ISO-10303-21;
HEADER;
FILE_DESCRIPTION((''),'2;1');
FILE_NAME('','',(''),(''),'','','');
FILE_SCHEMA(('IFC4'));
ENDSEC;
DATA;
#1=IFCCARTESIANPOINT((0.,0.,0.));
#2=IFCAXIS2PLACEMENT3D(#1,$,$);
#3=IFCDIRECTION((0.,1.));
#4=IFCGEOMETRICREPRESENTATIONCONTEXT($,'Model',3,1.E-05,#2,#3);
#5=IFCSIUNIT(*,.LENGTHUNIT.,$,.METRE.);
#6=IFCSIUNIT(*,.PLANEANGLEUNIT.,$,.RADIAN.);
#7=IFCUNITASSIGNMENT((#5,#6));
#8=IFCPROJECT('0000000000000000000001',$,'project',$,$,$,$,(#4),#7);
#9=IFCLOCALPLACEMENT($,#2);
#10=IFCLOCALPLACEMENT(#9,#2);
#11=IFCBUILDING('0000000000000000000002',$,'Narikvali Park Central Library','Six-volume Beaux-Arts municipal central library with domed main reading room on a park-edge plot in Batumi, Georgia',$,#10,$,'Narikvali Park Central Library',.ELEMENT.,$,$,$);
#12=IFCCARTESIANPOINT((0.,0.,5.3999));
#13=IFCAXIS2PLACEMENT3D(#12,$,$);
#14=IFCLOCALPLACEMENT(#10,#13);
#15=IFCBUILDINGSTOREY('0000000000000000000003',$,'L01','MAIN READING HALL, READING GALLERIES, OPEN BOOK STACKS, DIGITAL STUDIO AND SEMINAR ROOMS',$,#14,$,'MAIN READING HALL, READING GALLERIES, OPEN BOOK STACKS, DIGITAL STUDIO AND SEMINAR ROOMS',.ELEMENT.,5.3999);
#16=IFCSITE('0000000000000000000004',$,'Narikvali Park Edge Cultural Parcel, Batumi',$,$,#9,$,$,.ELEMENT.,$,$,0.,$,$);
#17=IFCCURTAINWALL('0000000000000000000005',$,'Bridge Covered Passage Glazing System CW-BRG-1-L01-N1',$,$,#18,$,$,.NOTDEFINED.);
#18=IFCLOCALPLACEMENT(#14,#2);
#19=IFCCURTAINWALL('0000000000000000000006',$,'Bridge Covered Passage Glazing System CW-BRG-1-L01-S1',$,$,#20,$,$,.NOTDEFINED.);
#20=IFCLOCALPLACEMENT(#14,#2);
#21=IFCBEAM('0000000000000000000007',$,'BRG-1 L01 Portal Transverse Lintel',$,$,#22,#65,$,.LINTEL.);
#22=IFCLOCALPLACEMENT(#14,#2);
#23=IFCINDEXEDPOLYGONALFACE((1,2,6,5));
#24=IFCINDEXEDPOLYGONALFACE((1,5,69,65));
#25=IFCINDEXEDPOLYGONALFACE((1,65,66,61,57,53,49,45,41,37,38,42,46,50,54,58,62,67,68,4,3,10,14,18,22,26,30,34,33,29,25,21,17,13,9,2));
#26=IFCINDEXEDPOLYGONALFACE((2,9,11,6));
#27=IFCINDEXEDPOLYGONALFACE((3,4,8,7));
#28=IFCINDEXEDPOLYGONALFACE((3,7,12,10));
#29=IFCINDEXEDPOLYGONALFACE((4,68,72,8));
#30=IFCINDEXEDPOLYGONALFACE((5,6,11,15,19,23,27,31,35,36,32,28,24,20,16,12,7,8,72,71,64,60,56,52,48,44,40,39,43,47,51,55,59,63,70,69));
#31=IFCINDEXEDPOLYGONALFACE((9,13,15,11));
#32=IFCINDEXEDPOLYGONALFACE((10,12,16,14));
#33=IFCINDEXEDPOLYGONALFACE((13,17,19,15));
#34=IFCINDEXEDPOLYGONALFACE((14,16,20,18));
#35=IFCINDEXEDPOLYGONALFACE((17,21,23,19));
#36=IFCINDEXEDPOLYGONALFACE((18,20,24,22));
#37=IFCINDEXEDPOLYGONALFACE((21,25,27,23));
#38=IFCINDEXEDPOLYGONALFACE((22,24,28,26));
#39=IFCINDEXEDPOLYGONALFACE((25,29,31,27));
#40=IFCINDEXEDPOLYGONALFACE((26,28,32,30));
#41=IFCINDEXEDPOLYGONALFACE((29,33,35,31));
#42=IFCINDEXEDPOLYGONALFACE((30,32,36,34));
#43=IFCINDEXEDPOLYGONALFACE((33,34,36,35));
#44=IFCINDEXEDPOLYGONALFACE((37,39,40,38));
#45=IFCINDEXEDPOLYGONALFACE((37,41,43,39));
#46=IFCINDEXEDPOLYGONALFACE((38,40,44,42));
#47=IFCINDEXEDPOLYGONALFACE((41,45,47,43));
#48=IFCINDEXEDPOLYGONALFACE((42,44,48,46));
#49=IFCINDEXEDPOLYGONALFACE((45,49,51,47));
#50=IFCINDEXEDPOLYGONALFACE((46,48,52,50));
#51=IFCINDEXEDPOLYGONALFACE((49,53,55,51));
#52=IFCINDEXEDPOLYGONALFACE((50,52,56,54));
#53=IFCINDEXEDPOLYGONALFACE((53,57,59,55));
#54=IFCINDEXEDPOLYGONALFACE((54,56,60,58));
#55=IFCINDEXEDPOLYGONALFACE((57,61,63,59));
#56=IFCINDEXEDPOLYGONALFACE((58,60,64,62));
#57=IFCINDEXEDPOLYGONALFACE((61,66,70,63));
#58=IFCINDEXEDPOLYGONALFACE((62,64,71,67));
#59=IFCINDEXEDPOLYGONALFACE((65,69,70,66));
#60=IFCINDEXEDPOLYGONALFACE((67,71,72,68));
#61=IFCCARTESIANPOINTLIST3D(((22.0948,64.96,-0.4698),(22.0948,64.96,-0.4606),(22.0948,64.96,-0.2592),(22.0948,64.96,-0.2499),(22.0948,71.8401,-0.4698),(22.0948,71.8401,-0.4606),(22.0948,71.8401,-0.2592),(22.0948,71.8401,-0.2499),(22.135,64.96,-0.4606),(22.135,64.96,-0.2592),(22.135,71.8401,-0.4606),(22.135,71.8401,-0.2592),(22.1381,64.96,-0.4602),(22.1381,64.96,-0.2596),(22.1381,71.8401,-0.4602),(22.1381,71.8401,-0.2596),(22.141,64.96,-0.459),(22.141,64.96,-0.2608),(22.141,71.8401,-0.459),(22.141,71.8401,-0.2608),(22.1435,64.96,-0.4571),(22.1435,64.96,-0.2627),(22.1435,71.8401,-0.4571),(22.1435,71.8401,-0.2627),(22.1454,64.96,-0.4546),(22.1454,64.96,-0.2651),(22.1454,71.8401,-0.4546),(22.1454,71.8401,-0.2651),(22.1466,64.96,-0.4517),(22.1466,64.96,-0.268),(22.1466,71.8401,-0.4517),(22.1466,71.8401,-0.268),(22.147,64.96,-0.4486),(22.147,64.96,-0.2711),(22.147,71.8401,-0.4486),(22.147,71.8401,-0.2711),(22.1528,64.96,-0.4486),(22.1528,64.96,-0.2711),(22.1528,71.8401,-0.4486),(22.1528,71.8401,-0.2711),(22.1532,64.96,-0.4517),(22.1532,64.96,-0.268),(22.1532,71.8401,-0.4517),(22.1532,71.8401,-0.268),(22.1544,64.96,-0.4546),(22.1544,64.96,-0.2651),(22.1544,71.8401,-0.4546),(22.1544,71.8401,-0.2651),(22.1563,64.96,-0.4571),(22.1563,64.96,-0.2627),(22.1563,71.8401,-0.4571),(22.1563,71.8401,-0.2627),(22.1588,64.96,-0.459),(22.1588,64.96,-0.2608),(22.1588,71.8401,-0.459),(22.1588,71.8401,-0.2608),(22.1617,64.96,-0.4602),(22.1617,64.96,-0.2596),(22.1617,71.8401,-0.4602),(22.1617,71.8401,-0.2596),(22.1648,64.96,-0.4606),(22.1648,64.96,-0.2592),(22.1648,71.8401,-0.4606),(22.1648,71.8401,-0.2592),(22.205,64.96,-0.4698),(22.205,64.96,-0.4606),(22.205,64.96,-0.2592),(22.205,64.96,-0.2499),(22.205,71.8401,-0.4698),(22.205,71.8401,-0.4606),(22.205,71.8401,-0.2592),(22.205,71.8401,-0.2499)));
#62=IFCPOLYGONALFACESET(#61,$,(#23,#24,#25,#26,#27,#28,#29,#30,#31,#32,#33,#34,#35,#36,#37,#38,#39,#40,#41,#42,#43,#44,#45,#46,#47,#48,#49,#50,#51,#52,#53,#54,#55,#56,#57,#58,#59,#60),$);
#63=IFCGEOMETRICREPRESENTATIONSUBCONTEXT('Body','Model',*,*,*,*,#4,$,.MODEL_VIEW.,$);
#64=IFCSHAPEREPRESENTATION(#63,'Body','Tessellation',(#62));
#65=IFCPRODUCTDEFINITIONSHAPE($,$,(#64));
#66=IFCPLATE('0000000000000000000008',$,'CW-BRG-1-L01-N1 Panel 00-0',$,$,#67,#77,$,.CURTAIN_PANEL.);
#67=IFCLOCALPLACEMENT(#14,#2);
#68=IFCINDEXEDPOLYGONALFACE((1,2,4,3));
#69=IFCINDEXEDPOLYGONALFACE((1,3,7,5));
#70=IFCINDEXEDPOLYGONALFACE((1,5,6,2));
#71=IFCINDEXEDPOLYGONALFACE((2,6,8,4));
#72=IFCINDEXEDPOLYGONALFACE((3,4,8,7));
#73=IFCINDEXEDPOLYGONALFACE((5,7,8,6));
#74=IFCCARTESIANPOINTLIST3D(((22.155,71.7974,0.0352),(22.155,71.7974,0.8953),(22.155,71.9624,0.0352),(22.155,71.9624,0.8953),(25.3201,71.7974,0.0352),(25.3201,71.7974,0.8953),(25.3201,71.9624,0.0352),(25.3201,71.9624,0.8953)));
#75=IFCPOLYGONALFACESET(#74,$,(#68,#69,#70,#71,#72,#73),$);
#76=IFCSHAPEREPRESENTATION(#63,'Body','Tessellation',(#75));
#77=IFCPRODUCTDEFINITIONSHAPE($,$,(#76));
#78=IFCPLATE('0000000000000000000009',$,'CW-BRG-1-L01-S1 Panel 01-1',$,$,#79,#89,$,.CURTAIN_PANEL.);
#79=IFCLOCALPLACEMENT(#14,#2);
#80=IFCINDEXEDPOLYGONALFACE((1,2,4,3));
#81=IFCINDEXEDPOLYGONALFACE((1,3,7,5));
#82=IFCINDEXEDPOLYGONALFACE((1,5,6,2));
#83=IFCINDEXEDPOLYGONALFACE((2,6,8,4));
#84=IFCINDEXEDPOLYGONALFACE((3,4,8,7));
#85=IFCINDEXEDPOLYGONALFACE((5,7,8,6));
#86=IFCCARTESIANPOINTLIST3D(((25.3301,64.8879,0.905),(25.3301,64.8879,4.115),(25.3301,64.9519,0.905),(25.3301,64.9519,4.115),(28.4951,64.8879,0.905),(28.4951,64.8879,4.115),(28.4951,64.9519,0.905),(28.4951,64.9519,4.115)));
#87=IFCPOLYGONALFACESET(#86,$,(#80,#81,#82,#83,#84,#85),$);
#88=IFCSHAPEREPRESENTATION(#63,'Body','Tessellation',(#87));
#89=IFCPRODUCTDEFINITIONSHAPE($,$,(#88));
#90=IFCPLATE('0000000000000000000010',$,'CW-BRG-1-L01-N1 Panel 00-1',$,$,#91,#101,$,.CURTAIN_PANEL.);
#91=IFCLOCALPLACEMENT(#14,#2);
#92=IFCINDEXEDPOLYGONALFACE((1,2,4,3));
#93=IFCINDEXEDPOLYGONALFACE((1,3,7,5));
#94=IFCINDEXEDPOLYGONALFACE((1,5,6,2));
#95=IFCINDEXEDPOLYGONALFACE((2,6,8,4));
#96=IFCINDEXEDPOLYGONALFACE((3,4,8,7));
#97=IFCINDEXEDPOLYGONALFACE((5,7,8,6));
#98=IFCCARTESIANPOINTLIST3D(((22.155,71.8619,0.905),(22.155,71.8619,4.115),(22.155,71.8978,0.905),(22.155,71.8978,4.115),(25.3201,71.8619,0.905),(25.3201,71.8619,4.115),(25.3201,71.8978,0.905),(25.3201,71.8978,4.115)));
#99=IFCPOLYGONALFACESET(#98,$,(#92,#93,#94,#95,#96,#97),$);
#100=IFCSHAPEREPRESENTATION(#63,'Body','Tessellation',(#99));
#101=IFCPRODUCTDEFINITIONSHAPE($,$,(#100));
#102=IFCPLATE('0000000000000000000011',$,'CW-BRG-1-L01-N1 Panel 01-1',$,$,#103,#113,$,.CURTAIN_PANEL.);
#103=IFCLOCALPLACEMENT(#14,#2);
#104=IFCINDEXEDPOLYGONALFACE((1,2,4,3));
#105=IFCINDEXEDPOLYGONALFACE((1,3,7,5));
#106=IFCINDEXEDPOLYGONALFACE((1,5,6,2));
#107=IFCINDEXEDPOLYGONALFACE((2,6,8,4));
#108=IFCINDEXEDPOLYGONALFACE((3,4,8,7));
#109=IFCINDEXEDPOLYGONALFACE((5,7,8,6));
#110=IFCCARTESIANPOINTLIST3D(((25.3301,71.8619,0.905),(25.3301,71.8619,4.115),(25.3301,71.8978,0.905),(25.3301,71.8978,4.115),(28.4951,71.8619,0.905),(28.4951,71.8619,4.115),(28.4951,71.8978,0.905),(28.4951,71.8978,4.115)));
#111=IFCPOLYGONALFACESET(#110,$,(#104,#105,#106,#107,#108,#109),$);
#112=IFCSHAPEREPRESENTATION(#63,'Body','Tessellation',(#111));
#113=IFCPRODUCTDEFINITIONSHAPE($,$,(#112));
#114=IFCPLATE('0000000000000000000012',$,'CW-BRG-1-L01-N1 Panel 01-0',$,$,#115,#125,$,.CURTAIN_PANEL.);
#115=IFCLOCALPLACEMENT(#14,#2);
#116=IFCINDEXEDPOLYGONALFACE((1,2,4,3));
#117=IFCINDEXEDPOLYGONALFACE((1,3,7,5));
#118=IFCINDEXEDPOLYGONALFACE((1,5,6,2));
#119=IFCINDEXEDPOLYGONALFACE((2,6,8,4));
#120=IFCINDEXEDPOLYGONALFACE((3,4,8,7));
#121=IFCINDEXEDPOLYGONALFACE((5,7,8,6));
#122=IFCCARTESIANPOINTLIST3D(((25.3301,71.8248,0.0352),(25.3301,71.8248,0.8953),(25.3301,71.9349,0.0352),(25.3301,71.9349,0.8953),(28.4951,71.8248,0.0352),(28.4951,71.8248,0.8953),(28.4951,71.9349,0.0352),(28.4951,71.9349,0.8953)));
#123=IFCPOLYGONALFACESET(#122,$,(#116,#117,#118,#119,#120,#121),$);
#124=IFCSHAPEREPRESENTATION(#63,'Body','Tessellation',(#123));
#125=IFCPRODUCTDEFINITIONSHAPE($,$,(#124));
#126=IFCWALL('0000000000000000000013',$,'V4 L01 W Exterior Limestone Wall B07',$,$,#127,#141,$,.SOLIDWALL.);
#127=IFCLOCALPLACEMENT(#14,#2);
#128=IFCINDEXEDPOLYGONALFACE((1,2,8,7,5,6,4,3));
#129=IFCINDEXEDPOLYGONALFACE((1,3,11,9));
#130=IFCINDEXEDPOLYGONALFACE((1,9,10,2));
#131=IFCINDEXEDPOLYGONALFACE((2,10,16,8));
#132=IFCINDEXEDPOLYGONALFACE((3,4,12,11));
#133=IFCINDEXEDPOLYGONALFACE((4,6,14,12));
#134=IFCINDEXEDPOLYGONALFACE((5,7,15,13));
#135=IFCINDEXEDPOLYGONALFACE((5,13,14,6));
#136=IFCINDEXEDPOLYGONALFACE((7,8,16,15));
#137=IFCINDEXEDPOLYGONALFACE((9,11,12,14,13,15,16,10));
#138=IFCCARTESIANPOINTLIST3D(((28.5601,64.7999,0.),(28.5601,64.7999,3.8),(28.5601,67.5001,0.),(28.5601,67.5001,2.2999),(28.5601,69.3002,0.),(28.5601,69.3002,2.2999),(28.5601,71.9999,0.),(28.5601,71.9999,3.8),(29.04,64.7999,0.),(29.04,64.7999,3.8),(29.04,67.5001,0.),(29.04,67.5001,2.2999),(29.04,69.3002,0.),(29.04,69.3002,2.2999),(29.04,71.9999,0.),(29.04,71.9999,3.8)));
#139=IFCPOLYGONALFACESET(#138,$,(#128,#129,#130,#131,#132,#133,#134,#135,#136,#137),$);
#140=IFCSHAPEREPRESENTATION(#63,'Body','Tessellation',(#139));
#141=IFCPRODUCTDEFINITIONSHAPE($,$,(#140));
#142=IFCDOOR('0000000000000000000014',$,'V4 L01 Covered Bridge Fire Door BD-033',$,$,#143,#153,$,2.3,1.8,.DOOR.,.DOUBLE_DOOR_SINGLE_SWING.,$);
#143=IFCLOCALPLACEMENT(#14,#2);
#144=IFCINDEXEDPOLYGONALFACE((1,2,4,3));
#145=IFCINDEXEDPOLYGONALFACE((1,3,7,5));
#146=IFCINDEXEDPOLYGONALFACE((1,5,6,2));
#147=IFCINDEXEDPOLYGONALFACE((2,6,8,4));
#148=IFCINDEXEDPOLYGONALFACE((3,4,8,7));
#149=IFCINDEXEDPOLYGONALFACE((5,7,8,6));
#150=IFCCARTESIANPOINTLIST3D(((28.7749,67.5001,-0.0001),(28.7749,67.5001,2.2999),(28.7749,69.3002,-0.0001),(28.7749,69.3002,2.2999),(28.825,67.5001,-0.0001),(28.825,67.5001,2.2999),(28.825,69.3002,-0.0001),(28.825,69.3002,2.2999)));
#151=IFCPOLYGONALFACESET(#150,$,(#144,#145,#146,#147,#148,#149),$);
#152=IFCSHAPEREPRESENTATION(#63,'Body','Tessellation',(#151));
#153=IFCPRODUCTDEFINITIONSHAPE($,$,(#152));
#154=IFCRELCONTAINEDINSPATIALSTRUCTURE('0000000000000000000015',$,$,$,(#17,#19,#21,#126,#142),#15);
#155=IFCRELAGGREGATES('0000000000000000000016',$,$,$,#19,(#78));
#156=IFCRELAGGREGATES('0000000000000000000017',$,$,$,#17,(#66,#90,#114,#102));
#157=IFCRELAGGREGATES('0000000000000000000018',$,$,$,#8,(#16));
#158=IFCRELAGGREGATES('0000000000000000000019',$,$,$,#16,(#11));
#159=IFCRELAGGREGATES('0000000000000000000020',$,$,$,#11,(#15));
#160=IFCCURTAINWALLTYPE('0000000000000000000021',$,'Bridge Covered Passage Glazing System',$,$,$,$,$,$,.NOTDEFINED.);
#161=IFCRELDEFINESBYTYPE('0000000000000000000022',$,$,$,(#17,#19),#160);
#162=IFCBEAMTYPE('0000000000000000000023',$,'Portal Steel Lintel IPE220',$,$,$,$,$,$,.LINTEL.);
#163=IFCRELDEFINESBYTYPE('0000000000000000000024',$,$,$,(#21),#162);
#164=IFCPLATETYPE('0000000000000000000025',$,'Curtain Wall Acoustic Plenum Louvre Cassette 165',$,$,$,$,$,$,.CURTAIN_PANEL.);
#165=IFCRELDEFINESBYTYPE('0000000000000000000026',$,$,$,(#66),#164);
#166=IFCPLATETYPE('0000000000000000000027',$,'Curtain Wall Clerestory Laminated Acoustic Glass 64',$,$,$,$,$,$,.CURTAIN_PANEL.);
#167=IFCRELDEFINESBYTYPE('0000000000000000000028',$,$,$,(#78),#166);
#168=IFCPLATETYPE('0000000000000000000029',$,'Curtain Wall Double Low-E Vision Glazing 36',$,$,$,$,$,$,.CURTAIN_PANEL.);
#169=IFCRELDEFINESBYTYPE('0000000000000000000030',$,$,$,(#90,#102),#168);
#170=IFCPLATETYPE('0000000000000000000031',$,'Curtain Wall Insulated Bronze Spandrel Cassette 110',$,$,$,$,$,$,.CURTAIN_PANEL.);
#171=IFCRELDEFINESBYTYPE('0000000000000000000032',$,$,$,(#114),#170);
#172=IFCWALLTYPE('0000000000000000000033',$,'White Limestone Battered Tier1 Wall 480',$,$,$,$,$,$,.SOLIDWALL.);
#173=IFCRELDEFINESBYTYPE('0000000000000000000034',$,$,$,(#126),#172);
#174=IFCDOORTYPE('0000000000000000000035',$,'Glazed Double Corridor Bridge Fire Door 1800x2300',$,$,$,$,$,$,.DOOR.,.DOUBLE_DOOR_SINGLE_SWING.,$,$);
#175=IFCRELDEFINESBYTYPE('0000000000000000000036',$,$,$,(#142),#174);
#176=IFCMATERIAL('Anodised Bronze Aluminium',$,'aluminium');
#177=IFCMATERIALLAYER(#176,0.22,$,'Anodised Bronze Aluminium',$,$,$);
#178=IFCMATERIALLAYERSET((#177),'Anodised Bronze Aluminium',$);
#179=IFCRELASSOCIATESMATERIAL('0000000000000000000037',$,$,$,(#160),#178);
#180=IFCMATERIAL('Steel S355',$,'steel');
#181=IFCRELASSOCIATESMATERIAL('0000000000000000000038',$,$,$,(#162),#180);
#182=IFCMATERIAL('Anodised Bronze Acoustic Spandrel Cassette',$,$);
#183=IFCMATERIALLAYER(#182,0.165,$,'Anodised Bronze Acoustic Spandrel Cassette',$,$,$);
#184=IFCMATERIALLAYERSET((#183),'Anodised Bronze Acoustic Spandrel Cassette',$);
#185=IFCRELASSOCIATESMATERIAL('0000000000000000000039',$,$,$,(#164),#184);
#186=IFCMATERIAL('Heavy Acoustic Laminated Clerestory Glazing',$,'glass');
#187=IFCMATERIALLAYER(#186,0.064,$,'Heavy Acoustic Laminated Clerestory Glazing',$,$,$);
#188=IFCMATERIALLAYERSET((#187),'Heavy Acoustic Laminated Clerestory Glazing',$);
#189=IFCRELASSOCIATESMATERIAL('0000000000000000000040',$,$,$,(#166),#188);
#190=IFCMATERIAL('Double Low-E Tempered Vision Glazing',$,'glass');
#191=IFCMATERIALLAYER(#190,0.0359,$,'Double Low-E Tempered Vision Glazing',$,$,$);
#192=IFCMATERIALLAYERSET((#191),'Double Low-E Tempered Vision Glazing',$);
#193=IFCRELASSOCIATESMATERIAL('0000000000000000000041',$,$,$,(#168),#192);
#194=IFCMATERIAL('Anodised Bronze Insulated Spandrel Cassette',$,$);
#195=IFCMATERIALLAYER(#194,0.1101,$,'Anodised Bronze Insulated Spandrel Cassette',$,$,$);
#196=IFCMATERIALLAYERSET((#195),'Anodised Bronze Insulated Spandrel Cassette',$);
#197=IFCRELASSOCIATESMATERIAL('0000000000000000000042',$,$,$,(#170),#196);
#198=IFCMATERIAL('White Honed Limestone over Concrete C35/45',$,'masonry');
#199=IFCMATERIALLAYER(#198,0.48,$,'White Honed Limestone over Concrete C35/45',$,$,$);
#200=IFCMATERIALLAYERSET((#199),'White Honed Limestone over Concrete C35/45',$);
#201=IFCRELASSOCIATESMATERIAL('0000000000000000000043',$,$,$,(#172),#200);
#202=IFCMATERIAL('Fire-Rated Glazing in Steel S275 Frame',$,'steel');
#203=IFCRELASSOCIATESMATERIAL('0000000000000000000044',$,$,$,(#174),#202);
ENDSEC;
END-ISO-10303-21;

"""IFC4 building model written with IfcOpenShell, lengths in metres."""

from ifc_helpers import new_model, si_unit, direction, frame, frame_2d, origin, origin_2d, place, context, subcontext, project, spatial, rectangle, i_section, extrude, material, layer, layer_set, material_profile, profile_set, type_object, element, fill, aggregate, save


model = new_model("IFC4")

# Units and contexts
model_context = context("Model", 3, precision=1e-05, world=origin(), true_north=direction((0.0, 1.0)))
body_context = subcontext(model_context, "Body", "Model", "MODEL_VIEW")
ifc_project = project(units=[si_unit("LENGTHUNIT", "METRE"), si_unit("PLANEANGLEUNIT", "RADIAN")], contexts=[model_context])

# Site, building, storey
site_placement = place(None, origin())
site = spatial("IfcSite", under=ifc_project, at=site_placement, Name="Narikvali Park Edge Cultural Parcel, Batumi", CompositionType="ELEMENT", RefElevation=0.0)
building_placement = place(site_placement, origin())
building = spatial("IfcBuilding", under=site, at=building_placement, Name="Narikvali Park Central Library", Description="Six-volume Beaux-Arts municipal central library with domed main reading room on a park-edge plot in Batumi, Georgia", LongName="Narikvali Park Central Library", CompositionType="ELEMENT")
storey_placement = place(building_placement, frame((0.0, 0.0, 5.3999)))
storey = spatial("IfcBuildingStorey", under=building, at=storey_placement, Name="L01", Description="MAIN READING HALL, READING GALLERIES, OPEN BOOK STACKS, DIGITAL STUDIO AND SEMINAR ROOMS", LongName="MAIN READING HALL, READING GALLERIES, OPEN BOOK STACKS, DIGITAL STUDIO AND SEMINAR ROOMS", CompositionType="ELEMENT", Elevation=5.3999)

# Shared definitions
ifc_material_1 = material(Name="Steel S355", Category="steel")

# Curtain wall
ifc_material_2 = material(Name="Anodised Bronze Aluminium", Category="aluminium")
ifc_layer_1 = layer(ifc_material_2, 0.22, Name="Anodised Bronze Aluminium")
ifc_layer_set_1 = layer_set([ifc_layer_1], Name="Anodised Bronze Aluminium")
curtain_wall_type = type_object("IfcCurtainWallType", Name="Bridge Covered Passage Glazing System", PredefinedType="NOTDEFINED", material=ifc_layer_set_1)
curtain_wall_1_placement = place(storey_placement, origin())
curtain_wall_1 = element("IfcCurtainWall", 1, at=curtain_wall_1_placement, inside=storey, type_object=curtain_wall_type, Name="Bridge Covered Passage Glazing System CW-BRG-1-L01-N1", PredefinedType="NOTDEFINED")

# Curtain wall
curtain_wall_2_placement = place(storey_placement, origin())
curtain_wall_2 = element("IfcCurtainWall", 2, at=curtain_wall_2_placement, inside=storey, type_object=curtain_wall_type, Name="Bridge Covered Passage Glazing System CW-BRG-1-L01-S1", PredefinedType="NOTDEFINED")

# Beam
ifc_material_profile_1 = material_profile(ifc_material_1, i_section(OverallWidth=0.1101, OverallDepth=0.22, WebThickness=0.0059, FlangeThickness=0.0093, FilletRadius=0.012, at=origin_2d()), Name="IPE 220")
ifc_profile_set_1 = profile_set([ifc_material_profile_1], Name="Steel S355")
beam_type_1 = type_object("IfcBeamType", Name="Portal Steel Lintel IPE220", PredefinedType="LINTEL", material=ifc_profile_set_1)
beam_1_placement = place(storey_placement, frame((22.1499, 64.96, -0.3599), z_axis=(0.0, 1.0, 0.0), x_axis=(-1.0, 0.0, 0.0)))
element("IfcBeam", 3, at=beam_1_placement, inside=storey, type_object=beam_type_1, Name="BRG-1 L01 Portal Transverse Lintel", PredefinedType="LINTEL", context=body_context, shape_type="SweptSolid", body=[
    extrude(i_section(OverallWidth=0.1101, OverallDepth=0.22, WebThickness=0.0059, FlangeThickness=0.0093, FilletRadius=0.012, at=origin_2d()), origin(), (0.0, 0.0, 1.0), 6.8801),
])

# Plates
ifc_material_3 = material(Name="Anodised Bronze Acoustic Spandrel Cassette")
ifc_layer_2 = layer(ifc_material_3, 0.165, Name="Anodised Bronze Acoustic Spandrel Cassette")
ifc_layer_set_2 = layer_set([ifc_layer_2], Name="Anodised Bronze Acoustic Spandrel Cassette")
plate_type_1 = type_object("IfcPlateType", Name="Curtain Wall Acoustic Plenum Louvre Cassette 165", PredefinedType="CURTAIN_PANEL", material=ifc_layer_set_2)
plate_1_placement = place(storey_placement, frame((23.7375, 71.8799, 0.0352), z_axis=(0.0, 0.0, 1.0), x_axis=(1.0, 0.0, 0.0)))
plate_1 = element("IfcPlate", 4, at=plate_1_placement, type_object=plate_type_1, Name="CW-BRG-1-L01-N1 Panel 00-0", PredefinedType="CURTAIN_PANEL", context=body_context, shape_type="SweptSolid", body=[
    extrude(rectangle(XDim=3.165, YDim=0.165, at=origin_2d()), origin(), (0.0, 0.0, 1.0), 0.8601),
])
ifc_material_4 = material(Name="Heavy Acoustic Laminated Clerestory Glazing", Category="glass")
ifc_layer_3 = layer(ifc_material_4, 0.064, Name="Heavy Acoustic Laminated Clerestory Glazing")
ifc_layer_set_3 = layer_set([ifc_layer_3], Name="Heavy Acoustic Laminated Clerestory Glazing")
plate_type_2 = type_object("IfcPlateType", Name="Curtain Wall Clerestory Laminated Acoustic Glass 64", PredefinedType="CURTAIN_PANEL", material=ifc_layer_set_3)
plate_2_placement = place(storey_placement, frame((26.9126, 64.9199, 0.905), z_axis=(0.0, 0.0, 1.0), x_axis=(1.0, 0.0, 0.0)))
plate_2 = element("IfcPlate", 5, at=plate_2_placement, type_object=plate_type_2, Name="CW-BRG-1-L01-S1 Panel 01-1", PredefinedType="CURTAIN_PANEL", context=body_context, shape_type="SweptSolid", body=[
    extrude(rectangle(XDim=3.165, YDim=0.064, at=origin_2d()), origin(), (0.0, 0.0, 1.0), 3.21),
])
aggregate(curtain_wall_2, [plate_2])
ifc_material_5 = material(Name="Double Low-E Tempered Vision Glazing", Category="glass")
ifc_layer_4 = layer(ifc_material_5, 0.0359, Name="Double Low-E Tempered Vision Glazing")
ifc_layer_set_4 = layer_set([ifc_layer_4], Name="Double Low-E Tempered Vision Glazing")
plate_type_3 = type_object("IfcPlateType", Name="Curtain Wall Double Low-E Vision Glazing 36", PredefinedType="CURTAIN_PANEL", material=ifc_layer_set_4)
plate_3_placement = place(storey_placement, frame((23.7375, 71.8799, 0.905), z_axis=(0.0, 0.0, 1.0), x_axis=(1.0, 0.0, 0.0)))
plate_3 = element("IfcPlate", 6, at=plate_3_placement, type_object=plate_type_3, Name="CW-BRG-1-L01-N1 Panel 00-1", PredefinedType="CURTAIN_PANEL", context=body_context, shape_type="SweptSolid", body=[
    extrude(rectangle(XDim=3.165, YDim=0.0359, at=origin_2d()), origin(), (0.0, 0.0, 1.0), 3.21),
])
plate_4_placement = place(storey_placement, frame((26.9126, 71.8799, 0.905), z_axis=(0.0, 0.0, 1.0), x_axis=(1.0, 0.0, 0.0)))
plate_4 = element("IfcPlate", 7, at=plate_4_placement, type_object=plate_type_3, Name="CW-BRG-1-L01-N1 Panel 01-1", PredefinedType="CURTAIN_PANEL", context=body_context, shape_type="SweptSolid", body=[
    extrude(rectangle(XDim=3.165, YDim=0.0359, at=origin_2d()), origin(), (0.0, 0.0, 1.0), 3.21),
])
ifc_material_6 = material(Name="Anodised Bronze Insulated Spandrel Cassette")
ifc_layer_5 = layer(ifc_material_6, 0.1101, Name="Anodised Bronze Insulated Spandrel Cassette")
ifc_layer_set_5 = layer_set([ifc_layer_5], Name="Anodised Bronze Insulated Spandrel Cassette")
plate_type_4 = type_object("IfcPlateType", Name="Curtain Wall Insulated Bronze Spandrel Cassette 110", PredefinedType="CURTAIN_PANEL", material=ifc_layer_set_5)
plate_5_placement = place(storey_placement, frame((26.9126, 71.8799, 0.0352), z_axis=(0.0, 0.0, 1.0), x_axis=(1.0, 0.0, 0.0)))
plate_5 = element("IfcPlate", 8, at=plate_5_placement, type_object=plate_type_4, Name="CW-BRG-1-L01-N1 Panel 01-0", PredefinedType="CURTAIN_PANEL", context=body_context, shape_type="SweptSolid", body=[
    extrude(rectangle(XDim=3.165, YDim=0.1101, at=origin_2d()), origin(), (0.0, 0.0, 1.0), 0.8601),
])
aggregate(curtain_wall_1, [plate_1, plate_3, plate_5, plate_4])

# Wall, opening, door
ifc_material_7 = material(Name="White Honed Limestone over Concrete C35/45", Category="masonry")
ifc_layer_6 = layer(ifc_material_7, 0.48, Name="White Honed Limestone over Concrete C35/45")
ifc_layer_set_6 = layer_set([ifc_layer_6], Name="White Honed Limestone over Concrete C35/45")
wall_type = type_object("IfcWallType", Name="White Limestone Battered Tier1 Wall 480", PredefinedType="SOLIDWALL", material=ifc_layer_set_6)
wall_1_placement = place(storey_placement, frame((28.8, 72.0, 0.0), z_axis=(0.0, 0.0, 1.0), x_axis=(0.0, -1.0, 0.0)))
wall_1 = element("IfcWall", 9, at=wall_1_placement, inside=storey, type_object=wall_type, Name="V4 L01 W Exterior Limestone Wall B07", PredefinedType="SOLIDWALL", context=body_context, shape_type="SweptSolid", body=[
    extrude(rectangle(XDim=7.2, YDim=0.48, at=frame_2d((3.6001, 0.0))), origin(), (0.0, 0.0, 1.0), 3.8),
])
opening_1_placement = place(wall_1_placement, frame((2.7, 0.0, 0.0)))
opening_1 = element("IfcOpeningElement", 10, at=opening_1_placement, cuts=wall_1, PredefinedType="OPENING", context=body_context, shape_type="SweptSolid", body=[
    extrude(rectangle(XDim=1.8, YDim=2.3, at=frame_2d((0.8999, 1.1499))), frame((0.0, 0.252, 0.0), z_axis=(0.0, -1.0, 0.0), x_axis=(1.0, 0.0, 0.0)), (0.0, 0.0, 1.0), 0.5039),
])
ifc_material_8 = material(Name="Fire-Rated Glazing in Steel S275 Frame", Category="steel")
door_type = type_object("IfcDoorType", Name="Glazed Double Corridor Bridge Fire Door 1800x2300", OperationType="DOUBLE_DOOR_SINGLE_SWING", PredefinedType="DOOR", material=ifc_material_8)
door_placement = place(opening_1_placement, origin())
door = element("IfcDoor", 11, at=door_placement, inside=storey, type_object=door_type, Name="V4 L01 Covered Bridge Fire Door BD-033", OperationType="DOUBLE_DOOR_SINGLE_SWING", OverallHeight=2.3, OverallWidth=1.8, PredefinedType="DOOR", context=body_context, shape_type="SweptSolid", body=[
    extrude(rectangle(XDim=1.8, YDim=2.3, at=frame_2d((0.8999, 1.1499))), frame((0.0, 0.0249, 0.0), z_axis=(0.0, -1.0, 0.0), x_axis=(1.0, 0.0, 0.0)), (0.0, 0.0, 1.0), 0.05),
])
fill(opening_1, door)

save(model, "model.ifc")
